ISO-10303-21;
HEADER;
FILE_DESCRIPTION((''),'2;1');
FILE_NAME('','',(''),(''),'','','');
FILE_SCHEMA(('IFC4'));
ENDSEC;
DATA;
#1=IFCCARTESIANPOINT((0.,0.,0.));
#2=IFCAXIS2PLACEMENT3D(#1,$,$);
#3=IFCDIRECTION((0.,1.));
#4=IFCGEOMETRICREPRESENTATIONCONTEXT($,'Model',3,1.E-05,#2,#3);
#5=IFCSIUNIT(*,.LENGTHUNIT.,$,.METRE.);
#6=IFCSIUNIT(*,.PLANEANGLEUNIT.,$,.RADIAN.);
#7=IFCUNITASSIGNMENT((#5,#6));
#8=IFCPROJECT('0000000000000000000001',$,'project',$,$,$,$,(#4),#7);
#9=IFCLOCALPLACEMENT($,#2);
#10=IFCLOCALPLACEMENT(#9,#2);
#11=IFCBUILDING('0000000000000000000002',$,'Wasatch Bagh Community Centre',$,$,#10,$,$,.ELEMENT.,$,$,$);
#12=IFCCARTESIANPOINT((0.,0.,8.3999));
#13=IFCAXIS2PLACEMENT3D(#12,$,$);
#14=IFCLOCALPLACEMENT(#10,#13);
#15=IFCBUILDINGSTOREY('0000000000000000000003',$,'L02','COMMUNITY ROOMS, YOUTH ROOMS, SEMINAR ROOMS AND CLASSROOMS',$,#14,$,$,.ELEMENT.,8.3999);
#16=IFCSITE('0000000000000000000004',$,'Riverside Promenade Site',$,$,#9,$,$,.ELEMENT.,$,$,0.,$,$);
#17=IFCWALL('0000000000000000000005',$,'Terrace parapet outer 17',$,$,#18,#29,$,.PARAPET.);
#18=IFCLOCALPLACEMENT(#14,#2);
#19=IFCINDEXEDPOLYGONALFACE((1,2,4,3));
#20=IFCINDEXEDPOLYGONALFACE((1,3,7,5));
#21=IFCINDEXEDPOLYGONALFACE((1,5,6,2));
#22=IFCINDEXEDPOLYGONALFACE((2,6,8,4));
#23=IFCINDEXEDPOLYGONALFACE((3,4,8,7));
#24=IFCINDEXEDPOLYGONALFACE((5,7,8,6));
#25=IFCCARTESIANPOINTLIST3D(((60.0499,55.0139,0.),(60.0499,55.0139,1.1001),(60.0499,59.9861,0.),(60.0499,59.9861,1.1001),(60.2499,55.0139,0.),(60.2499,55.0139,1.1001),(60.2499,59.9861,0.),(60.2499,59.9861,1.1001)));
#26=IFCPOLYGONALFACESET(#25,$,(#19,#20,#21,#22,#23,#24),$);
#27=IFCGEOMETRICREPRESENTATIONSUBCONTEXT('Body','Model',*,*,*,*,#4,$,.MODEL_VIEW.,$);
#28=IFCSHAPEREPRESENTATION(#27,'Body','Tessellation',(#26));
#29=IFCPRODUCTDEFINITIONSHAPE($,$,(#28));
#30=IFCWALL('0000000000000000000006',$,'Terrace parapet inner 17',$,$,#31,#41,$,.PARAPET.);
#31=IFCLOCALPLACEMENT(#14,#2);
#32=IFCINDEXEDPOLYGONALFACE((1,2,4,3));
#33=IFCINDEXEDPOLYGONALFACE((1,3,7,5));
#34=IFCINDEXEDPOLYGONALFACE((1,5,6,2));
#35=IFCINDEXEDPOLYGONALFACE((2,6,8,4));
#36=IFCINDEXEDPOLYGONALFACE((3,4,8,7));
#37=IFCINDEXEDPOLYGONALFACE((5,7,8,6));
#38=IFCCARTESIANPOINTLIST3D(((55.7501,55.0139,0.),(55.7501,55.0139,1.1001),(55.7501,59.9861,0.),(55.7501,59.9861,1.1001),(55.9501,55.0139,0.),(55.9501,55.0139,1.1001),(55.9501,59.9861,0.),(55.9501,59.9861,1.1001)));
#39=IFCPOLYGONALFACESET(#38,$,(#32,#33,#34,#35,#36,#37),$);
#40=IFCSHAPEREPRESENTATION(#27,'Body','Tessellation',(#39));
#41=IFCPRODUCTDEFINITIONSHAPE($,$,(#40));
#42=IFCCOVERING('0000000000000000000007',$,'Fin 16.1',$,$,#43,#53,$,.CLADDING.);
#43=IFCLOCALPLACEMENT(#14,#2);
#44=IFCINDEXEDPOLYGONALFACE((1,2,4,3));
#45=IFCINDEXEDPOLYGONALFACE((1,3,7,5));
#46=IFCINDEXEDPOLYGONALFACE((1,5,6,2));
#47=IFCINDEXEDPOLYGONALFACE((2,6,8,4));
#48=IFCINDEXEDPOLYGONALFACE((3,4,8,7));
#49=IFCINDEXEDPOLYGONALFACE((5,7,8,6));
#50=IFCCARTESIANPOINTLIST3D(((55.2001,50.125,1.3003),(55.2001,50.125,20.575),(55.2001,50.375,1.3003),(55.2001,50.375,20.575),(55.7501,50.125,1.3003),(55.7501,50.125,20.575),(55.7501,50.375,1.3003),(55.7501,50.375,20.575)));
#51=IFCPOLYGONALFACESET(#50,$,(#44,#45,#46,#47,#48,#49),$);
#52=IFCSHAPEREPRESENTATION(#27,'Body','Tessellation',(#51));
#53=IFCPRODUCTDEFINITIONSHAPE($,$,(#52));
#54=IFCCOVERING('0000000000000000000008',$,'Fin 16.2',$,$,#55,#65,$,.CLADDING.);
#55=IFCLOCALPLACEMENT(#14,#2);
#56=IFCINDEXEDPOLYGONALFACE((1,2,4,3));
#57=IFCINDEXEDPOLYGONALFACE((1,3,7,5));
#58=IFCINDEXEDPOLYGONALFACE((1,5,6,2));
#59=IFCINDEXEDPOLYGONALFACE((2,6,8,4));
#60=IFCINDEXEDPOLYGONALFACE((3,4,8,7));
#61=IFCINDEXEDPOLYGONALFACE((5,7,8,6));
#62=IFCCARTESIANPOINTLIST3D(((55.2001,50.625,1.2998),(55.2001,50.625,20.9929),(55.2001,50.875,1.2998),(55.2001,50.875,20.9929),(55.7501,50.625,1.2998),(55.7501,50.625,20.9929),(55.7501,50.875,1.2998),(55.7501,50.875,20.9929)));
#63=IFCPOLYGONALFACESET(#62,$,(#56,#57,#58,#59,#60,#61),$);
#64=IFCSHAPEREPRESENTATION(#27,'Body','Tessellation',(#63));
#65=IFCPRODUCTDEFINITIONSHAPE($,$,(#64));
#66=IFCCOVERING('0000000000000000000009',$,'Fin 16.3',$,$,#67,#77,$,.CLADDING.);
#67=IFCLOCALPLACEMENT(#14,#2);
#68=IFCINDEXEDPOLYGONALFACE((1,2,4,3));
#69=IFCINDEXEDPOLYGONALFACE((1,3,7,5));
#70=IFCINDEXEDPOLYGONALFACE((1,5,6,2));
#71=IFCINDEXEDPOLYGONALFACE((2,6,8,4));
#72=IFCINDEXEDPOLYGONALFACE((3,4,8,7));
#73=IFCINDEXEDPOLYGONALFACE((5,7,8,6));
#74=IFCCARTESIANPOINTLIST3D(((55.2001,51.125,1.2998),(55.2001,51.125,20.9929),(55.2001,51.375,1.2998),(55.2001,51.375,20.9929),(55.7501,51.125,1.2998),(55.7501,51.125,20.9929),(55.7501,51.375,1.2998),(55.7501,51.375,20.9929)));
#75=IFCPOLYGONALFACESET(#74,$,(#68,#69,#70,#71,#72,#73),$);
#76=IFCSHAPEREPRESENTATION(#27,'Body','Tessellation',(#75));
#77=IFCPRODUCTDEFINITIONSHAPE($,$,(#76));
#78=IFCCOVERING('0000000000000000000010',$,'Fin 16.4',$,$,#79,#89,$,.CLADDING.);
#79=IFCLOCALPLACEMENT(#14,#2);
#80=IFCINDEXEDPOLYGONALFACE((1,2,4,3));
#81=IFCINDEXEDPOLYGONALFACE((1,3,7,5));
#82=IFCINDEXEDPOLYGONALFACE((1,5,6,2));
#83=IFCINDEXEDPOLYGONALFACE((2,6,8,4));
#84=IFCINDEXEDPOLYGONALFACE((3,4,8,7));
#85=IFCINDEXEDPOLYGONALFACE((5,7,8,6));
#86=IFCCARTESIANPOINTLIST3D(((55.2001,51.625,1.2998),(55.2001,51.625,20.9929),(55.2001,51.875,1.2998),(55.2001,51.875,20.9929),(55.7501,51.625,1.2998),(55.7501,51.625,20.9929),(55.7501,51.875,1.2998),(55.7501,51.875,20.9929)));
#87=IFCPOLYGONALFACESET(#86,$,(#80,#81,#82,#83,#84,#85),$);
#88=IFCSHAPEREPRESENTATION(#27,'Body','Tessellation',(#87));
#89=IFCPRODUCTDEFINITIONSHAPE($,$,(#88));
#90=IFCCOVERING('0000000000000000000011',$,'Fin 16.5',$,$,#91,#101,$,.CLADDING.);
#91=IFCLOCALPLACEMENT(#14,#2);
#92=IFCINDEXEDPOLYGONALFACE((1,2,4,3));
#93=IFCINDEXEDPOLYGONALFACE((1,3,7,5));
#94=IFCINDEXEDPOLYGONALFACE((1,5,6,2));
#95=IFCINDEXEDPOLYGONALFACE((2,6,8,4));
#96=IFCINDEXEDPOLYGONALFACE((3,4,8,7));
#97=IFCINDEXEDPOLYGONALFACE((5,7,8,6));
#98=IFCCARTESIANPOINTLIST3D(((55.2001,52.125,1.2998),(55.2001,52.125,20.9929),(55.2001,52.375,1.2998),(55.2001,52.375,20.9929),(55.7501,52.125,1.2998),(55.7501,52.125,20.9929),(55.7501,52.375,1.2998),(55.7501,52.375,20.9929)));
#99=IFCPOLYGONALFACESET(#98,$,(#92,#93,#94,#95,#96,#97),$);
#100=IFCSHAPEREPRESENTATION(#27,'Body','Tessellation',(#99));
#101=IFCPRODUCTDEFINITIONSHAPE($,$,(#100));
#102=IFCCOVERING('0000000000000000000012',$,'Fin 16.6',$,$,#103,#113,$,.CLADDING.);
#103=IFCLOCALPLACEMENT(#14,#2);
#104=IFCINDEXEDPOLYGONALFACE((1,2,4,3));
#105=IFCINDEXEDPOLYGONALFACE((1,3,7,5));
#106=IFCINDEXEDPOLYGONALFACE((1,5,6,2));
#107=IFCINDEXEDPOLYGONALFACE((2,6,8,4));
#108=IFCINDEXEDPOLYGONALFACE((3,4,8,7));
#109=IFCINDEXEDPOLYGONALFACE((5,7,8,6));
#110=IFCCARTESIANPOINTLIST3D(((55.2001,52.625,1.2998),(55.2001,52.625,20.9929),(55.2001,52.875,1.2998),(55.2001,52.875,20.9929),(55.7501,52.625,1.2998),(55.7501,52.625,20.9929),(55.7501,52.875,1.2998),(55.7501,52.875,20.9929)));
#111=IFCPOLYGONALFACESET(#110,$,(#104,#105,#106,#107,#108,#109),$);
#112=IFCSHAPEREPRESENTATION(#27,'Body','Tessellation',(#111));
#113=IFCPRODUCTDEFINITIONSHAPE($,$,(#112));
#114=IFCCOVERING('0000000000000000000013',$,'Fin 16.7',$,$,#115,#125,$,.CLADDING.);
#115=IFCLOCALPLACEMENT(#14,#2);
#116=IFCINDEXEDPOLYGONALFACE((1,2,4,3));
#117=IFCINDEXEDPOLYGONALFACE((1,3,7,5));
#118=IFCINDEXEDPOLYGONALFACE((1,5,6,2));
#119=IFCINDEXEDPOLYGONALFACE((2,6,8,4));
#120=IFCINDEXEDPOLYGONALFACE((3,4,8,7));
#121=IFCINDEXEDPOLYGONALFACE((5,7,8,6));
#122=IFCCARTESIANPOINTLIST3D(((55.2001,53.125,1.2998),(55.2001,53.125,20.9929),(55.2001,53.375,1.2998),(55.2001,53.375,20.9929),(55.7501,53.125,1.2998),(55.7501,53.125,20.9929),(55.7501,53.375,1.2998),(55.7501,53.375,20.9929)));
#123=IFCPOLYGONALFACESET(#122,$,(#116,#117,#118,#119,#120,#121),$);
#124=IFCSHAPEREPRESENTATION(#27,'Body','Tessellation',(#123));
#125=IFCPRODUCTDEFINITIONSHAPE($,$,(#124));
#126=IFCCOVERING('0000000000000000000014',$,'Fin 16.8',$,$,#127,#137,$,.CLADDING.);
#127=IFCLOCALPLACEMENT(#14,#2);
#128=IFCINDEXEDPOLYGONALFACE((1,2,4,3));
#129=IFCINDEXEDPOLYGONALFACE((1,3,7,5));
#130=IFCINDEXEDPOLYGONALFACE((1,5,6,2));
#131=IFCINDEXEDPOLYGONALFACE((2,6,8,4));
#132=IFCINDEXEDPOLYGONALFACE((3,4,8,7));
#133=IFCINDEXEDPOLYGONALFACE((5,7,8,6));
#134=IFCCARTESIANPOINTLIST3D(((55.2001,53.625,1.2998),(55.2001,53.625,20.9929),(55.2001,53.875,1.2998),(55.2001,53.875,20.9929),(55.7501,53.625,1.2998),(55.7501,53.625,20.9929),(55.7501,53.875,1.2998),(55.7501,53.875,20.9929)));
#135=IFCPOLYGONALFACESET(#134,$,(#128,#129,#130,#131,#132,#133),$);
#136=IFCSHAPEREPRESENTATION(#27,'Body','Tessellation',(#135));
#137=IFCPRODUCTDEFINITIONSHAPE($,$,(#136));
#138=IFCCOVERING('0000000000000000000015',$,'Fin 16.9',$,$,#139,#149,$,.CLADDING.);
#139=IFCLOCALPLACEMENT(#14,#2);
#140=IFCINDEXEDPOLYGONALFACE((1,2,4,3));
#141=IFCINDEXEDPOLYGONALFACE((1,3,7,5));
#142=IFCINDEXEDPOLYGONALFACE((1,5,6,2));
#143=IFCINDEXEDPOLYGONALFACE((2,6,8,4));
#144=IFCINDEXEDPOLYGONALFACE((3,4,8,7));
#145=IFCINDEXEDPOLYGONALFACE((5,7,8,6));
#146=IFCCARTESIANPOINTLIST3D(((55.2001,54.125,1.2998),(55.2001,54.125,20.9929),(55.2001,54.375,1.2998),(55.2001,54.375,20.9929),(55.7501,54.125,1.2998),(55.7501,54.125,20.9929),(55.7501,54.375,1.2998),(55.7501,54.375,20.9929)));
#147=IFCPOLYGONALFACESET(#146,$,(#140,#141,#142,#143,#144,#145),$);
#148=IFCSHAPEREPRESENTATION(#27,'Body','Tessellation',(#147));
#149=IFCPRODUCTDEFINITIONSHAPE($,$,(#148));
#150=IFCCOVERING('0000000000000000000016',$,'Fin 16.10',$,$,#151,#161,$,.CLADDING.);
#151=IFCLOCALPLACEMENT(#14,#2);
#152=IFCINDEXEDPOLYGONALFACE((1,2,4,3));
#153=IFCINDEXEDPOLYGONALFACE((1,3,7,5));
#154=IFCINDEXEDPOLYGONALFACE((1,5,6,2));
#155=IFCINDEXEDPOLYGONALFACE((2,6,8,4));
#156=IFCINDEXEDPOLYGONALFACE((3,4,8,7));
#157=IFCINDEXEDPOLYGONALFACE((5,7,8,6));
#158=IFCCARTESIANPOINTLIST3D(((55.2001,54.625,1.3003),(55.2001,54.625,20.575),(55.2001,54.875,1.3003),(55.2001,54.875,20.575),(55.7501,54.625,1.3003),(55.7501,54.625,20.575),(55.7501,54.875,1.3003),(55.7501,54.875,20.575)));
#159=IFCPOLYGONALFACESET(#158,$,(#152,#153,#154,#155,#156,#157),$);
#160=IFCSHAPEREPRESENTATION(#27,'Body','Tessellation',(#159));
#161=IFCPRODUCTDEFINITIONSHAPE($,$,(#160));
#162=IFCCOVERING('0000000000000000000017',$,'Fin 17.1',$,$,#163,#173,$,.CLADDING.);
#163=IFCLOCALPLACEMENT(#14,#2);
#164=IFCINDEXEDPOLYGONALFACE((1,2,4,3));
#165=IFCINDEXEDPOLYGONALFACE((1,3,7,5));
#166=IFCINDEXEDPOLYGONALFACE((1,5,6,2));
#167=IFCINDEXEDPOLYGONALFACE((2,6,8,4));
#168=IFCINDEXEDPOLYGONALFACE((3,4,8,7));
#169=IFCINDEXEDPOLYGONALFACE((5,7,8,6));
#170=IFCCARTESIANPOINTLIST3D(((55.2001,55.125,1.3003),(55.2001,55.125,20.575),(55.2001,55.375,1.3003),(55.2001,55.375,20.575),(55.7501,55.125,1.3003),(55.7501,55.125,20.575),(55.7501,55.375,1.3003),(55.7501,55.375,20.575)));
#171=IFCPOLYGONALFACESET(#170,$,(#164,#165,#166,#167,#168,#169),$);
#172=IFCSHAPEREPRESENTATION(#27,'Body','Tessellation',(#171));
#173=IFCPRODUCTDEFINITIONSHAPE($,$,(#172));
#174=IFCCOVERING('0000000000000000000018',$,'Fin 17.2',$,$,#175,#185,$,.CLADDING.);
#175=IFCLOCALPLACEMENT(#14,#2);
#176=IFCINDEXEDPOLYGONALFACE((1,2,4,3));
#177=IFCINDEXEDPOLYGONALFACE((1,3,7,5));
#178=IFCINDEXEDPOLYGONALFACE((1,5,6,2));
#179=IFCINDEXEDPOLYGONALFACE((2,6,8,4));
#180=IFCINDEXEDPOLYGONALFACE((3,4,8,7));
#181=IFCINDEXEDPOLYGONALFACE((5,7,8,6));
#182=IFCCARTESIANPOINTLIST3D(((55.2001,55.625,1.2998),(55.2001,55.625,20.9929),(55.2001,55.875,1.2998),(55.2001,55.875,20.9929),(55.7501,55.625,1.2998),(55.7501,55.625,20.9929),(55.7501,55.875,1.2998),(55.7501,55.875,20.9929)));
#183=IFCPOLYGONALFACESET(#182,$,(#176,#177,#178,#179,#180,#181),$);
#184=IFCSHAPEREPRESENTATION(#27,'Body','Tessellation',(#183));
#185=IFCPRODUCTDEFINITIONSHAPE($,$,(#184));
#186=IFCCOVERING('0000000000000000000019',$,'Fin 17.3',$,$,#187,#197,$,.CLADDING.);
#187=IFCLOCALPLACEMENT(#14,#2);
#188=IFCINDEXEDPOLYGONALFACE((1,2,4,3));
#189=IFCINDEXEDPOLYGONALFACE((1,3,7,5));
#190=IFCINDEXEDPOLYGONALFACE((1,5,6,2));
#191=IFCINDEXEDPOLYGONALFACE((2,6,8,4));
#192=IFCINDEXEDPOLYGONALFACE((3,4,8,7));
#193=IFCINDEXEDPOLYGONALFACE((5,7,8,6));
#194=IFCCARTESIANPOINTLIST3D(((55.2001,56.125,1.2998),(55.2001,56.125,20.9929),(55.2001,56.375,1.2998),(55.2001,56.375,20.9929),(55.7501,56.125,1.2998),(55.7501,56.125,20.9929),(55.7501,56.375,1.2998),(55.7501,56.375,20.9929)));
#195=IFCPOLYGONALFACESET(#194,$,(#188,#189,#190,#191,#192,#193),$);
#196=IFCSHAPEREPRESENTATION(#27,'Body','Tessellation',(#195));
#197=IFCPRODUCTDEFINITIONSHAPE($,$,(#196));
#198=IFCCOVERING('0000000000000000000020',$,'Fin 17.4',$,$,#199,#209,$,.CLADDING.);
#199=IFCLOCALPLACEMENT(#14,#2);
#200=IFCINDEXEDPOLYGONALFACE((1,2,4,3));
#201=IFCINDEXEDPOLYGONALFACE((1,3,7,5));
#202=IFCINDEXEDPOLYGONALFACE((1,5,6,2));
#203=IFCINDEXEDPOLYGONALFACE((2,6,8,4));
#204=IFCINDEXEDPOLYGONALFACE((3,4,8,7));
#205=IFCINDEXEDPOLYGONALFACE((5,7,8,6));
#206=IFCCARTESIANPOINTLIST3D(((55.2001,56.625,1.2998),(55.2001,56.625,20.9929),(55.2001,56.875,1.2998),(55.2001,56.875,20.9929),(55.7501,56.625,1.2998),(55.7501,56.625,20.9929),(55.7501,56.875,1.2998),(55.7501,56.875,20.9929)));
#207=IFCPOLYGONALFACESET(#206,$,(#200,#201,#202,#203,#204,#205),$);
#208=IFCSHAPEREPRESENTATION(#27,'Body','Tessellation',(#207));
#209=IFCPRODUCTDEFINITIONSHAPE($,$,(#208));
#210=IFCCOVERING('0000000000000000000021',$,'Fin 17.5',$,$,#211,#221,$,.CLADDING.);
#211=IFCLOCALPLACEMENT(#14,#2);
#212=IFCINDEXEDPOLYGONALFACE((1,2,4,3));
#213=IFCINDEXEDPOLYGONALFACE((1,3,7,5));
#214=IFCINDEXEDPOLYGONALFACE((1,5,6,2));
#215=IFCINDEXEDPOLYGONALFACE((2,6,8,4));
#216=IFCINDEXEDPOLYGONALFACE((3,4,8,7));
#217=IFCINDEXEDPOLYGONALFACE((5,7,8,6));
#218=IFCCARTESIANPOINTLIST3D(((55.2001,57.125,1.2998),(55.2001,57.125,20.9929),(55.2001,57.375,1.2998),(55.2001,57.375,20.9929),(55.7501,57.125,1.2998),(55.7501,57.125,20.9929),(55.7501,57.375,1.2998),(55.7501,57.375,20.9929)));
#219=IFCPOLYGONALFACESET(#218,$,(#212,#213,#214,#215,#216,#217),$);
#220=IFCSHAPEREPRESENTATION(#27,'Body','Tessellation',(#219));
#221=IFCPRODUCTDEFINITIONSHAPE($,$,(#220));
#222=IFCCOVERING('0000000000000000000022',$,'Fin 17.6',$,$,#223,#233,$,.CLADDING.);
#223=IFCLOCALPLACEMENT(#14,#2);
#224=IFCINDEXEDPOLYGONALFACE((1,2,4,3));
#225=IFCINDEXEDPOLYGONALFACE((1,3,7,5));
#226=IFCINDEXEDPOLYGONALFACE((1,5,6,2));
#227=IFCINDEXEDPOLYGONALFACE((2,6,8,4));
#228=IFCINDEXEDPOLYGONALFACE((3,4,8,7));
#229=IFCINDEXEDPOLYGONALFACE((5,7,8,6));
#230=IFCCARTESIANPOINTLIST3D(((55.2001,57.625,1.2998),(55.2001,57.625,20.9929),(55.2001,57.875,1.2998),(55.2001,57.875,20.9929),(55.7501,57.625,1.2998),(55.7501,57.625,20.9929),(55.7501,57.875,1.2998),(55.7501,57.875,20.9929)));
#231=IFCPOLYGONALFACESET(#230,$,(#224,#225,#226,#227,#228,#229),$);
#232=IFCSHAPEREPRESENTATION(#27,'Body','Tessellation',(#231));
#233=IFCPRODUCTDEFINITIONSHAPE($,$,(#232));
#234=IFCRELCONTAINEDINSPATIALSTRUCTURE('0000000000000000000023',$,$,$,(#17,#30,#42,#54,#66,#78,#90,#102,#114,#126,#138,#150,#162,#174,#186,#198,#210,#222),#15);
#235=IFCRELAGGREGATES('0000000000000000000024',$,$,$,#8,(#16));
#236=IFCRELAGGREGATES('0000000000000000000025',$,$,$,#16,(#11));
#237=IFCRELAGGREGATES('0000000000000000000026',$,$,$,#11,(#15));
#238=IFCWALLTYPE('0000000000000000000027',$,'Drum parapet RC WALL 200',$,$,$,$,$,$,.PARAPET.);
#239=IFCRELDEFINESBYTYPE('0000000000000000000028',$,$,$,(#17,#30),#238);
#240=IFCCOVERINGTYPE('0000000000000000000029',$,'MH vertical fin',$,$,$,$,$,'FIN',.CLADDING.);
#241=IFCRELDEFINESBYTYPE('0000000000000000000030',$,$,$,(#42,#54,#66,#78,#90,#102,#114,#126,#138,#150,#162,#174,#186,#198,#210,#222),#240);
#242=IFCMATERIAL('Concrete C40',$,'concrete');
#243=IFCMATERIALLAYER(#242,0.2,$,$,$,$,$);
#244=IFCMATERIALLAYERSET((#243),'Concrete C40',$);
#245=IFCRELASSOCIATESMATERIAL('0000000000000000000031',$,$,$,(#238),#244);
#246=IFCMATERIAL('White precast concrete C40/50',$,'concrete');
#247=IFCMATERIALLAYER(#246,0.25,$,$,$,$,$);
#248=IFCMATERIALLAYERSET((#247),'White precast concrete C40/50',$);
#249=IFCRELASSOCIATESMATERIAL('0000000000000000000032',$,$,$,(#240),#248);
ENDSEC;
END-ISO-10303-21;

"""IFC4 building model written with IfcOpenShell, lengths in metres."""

from ifc_helpers import new_model, si_unit, direction, frame, frame_2d, origin, origin_2d, place, context, subcontext, project, spatial, rectangle, extrude, material, layer, layer_set, type_object, element, save


model = new_model("IFC4")

# Units and contexts
model_context = context("Model", 3, precision=1e-05, world=origin(), true_north=direction((0.0, 1.0)))
body_context = subcontext(model_context, "Body", "Model", "MODEL_VIEW")
ifc_project = project(units=[si_unit("LENGTHUNIT", "METRE"), si_unit("PLANEANGLEUNIT", "RADIAN")], contexts=[model_context])

# Site, building, storey
site_placement = place(None, origin())
site = spatial("IfcSite", under=ifc_project, at=site_placement, Name="Riverside Promenade Site", CompositionType="ELEMENT", RefElevation=0.0)
building_placement = place(site_placement, origin())
building = spatial("IfcBuilding", under=site, at=building_placement, Name="Wasatch Bagh Community Centre", CompositionType="ELEMENT")
storey_placement = place(building_placement, frame((0.0, 0.0, 8.3999)))
storey = spatial("IfcBuildingStorey", under=building, at=storey_placement, Name="L02", Description="COMMUNITY ROOMS, YOUTH ROOMS, SEMINAR ROOMS AND CLASSROOMS", CompositionType="ELEMENT", Elevation=8.3999)

# Walls
ifc_material_1 = material(Name="Concrete C40", Category="concrete")
ifc_layer_1 = layer(ifc_material_1, 0.2)
ifc_layer_set_1 = layer_set([ifc_layer_1], Name="Concrete C40")
wall_type = type_object("IfcWallType", Name="Drum parapet RC WALL 200", PredefinedType="PARAPET", material=ifc_layer_set_1)
for number, where, z_axis, x_axis, name in (
    (1, (60.1499, 55.0139, 0.0), (0.0, 0.0, 1.0), (0.0, 1.0, 0.0), "Terrace parapet outer 17"),
    (2, (55.8501, 55.0139, 0.0), (0.0, 0.0, 1.0), (0.0, 1.0, 0.0), "Terrace parapet inner 17"),
):
    element("IfcWall", number, at=place(storey_placement, frame(where, z_axis=z_axis, x_axis=x_axis)), inside=storey, type_object=wall_type, Name=name, PredefinedType="PARAPET", context=body_context, shape_type="SweptSolid", body=[
        extrude(rectangle(XDim=4.9722, YDim=0.2, at=frame_2d((2.4861, 0.0))), origin(), (0.0, 0.0, 1.0), 1.1001),
    ])

# Coverings
ifc_material_2 = material(Name="White precast concrete C40/50", Category="concrete")
ifc_layer_2 = layer(ifc_material_2, 0.25)
ifc_layer_set_2 = layer_set([ifc_layer_2], Name="White precast concrete C40/50")
covering_type = type_object("IfcCoveringType", Name="MH vertical fin", ElementType="FIN", PredefinedType="CLADDING", material=ifc_layer_set_2)
covering_placement = place(storey_placement, frame((55.4751, 50.25, 1.3003), z_axis=(0.0, 0.0, 1.0), x_axis=(0.0, 1.0, 0.0)))
element("IfcCovering", 3, at=covering_placement, inside=storey, type_object=covering_type, Name="Fin 16.1", PredefinedType="CLADDING", context=body_context, shape_type="SweptSolid", body=[
    extrude(rectangle(XDim=0.25, YDim=0.55, at=origin_2d()), origin(), (0.0, 0.0, 1.0), 19.2747),
])
for number, where, z_axis, x_axis, name in (
    (4, (55.4751, 50.75, 1.2998), (0.0, 0.0, 1.0), (0.0, 1.0, 0.0), "Fin 16.2"),
    (5, (55.4751, 51.25, 1.2998), (0.0, 0.0, 1.0), (0.0, 1.0, 0.0), "Fin 16.3"),
    (6, (55.4751, 51.75, 1.2998), (0.0, 0.0, 1.0), (0.0, 1.0, 0.0), "Fin 16.4"),
    (7, (55.4751, 52.25, 1.2998), (0.0, 0.0, 1.0), (0.0, 1.0, 0.0), "Fin 16.5"),
    (8, (55.4751, 52.75, 1.2998), (0.0, 0.0, 1.0), (0.0, 1.0, 0.0), "Fin 16.6"),
    (9, (55.4751, 53.25, 1.2998), (0.0, 0.0, 1.0), (0.0, 1.0, 0.0), "Fin 16.7"),
    (10, (55.4751, 53.75, 1.2998), (0.0, 0.0, 1.0), (0.0, 1.0, 0.0), "Fin 16.8"),
    (11, (55.4751, 54.25, 1.2998), (0.0, 0.0, 1.0), (0.0, 1.0, 0.0), "Fin 16.9"),
):
    element("IfcCovering", number, at=place(storey_placement, frame(where, z_axis=z_axis, x_axis=x_axis)), inside=storey, type_object=covering_type, Name=name, PredefinedType="CLADDING", context=body_context, shape_type="SweptSolid", body=[
        extrude(rectangle(XDim=0.25, YDim=0.55, at=origin_2d()), origin(), (0.0, 0.0, 1.0), 19.6931),
    ])
for number, where, z_axis, x_axis, name in (
    (12, (55.4751, 54.75, 1.3003), (0.0, 0.0, 1.0), (0.0, 1.0, 0.0), "Fin 16.10"),
    (13, (55.4751, 55.25, 1.3003), (0.0, 0.0, 1.0), (0.0, 1.0, 0.0), "Fin 17.1"),
):
    element("IfcCovering", number, at=place(storey_placement, frame(where, z_axis=z_axis, x_axis=x_axis)), inside=storey, type_object=covering_type, Name=name, PredefinedType="CLADDING", context=body_context, shape_type="SweptSolid", body=[
        extrude(rectangle(XDim=0.25, YDim=0.55, at=origin_2d()), origin(), (0.0, 0.0, 1.0), 19.2747),
    ])
for number, where, z_axis, x_axis, name in (
    (14, (55.4751, 55.75, 1.2998), (0.0, 0.0, 1.0), (0.0, 1.0, 0.0), "Fin 17.2"),
    (15, (55.4751, 56.25, 1.2998), (0.0, 0.0, 1.0), (0.0, 1.0, 0.0), "Fin 17.3"),
    (16, (55.4751, 56.75, 1.2998), (0.0, 0.0, 1.0), (0.0, 1.0, 0.0), "Fin 17.4"),
    (17, (55.4751, 57.25, 1.2998), (0.0, 0.0, 1.0), (0.0, 1.0, 0.0), "Fin 17.5"),
    (18, (55.4751, 57.75, 1.2998), (0.0, 0.0, 1.0), (0.0, 1.0, 0.0), "Fin 17.6"),
):
    element("IfcCovering", number, at=place(storey_placement, frame(where, z_axis=z_axis, x_axis=x_axis)), inside=storey, type_object=covering_type, Name=name, PredefinedType="CLADDING", context=body_context, shape_type="SweptSolid", body=[
        extrude(rectangle(XDim=0.25, YDim=0.55, at=origin_2d()), origin(), (0.0, 0.0, 1.0), 19.6931),
    ])

save(model, "model.ifc")
